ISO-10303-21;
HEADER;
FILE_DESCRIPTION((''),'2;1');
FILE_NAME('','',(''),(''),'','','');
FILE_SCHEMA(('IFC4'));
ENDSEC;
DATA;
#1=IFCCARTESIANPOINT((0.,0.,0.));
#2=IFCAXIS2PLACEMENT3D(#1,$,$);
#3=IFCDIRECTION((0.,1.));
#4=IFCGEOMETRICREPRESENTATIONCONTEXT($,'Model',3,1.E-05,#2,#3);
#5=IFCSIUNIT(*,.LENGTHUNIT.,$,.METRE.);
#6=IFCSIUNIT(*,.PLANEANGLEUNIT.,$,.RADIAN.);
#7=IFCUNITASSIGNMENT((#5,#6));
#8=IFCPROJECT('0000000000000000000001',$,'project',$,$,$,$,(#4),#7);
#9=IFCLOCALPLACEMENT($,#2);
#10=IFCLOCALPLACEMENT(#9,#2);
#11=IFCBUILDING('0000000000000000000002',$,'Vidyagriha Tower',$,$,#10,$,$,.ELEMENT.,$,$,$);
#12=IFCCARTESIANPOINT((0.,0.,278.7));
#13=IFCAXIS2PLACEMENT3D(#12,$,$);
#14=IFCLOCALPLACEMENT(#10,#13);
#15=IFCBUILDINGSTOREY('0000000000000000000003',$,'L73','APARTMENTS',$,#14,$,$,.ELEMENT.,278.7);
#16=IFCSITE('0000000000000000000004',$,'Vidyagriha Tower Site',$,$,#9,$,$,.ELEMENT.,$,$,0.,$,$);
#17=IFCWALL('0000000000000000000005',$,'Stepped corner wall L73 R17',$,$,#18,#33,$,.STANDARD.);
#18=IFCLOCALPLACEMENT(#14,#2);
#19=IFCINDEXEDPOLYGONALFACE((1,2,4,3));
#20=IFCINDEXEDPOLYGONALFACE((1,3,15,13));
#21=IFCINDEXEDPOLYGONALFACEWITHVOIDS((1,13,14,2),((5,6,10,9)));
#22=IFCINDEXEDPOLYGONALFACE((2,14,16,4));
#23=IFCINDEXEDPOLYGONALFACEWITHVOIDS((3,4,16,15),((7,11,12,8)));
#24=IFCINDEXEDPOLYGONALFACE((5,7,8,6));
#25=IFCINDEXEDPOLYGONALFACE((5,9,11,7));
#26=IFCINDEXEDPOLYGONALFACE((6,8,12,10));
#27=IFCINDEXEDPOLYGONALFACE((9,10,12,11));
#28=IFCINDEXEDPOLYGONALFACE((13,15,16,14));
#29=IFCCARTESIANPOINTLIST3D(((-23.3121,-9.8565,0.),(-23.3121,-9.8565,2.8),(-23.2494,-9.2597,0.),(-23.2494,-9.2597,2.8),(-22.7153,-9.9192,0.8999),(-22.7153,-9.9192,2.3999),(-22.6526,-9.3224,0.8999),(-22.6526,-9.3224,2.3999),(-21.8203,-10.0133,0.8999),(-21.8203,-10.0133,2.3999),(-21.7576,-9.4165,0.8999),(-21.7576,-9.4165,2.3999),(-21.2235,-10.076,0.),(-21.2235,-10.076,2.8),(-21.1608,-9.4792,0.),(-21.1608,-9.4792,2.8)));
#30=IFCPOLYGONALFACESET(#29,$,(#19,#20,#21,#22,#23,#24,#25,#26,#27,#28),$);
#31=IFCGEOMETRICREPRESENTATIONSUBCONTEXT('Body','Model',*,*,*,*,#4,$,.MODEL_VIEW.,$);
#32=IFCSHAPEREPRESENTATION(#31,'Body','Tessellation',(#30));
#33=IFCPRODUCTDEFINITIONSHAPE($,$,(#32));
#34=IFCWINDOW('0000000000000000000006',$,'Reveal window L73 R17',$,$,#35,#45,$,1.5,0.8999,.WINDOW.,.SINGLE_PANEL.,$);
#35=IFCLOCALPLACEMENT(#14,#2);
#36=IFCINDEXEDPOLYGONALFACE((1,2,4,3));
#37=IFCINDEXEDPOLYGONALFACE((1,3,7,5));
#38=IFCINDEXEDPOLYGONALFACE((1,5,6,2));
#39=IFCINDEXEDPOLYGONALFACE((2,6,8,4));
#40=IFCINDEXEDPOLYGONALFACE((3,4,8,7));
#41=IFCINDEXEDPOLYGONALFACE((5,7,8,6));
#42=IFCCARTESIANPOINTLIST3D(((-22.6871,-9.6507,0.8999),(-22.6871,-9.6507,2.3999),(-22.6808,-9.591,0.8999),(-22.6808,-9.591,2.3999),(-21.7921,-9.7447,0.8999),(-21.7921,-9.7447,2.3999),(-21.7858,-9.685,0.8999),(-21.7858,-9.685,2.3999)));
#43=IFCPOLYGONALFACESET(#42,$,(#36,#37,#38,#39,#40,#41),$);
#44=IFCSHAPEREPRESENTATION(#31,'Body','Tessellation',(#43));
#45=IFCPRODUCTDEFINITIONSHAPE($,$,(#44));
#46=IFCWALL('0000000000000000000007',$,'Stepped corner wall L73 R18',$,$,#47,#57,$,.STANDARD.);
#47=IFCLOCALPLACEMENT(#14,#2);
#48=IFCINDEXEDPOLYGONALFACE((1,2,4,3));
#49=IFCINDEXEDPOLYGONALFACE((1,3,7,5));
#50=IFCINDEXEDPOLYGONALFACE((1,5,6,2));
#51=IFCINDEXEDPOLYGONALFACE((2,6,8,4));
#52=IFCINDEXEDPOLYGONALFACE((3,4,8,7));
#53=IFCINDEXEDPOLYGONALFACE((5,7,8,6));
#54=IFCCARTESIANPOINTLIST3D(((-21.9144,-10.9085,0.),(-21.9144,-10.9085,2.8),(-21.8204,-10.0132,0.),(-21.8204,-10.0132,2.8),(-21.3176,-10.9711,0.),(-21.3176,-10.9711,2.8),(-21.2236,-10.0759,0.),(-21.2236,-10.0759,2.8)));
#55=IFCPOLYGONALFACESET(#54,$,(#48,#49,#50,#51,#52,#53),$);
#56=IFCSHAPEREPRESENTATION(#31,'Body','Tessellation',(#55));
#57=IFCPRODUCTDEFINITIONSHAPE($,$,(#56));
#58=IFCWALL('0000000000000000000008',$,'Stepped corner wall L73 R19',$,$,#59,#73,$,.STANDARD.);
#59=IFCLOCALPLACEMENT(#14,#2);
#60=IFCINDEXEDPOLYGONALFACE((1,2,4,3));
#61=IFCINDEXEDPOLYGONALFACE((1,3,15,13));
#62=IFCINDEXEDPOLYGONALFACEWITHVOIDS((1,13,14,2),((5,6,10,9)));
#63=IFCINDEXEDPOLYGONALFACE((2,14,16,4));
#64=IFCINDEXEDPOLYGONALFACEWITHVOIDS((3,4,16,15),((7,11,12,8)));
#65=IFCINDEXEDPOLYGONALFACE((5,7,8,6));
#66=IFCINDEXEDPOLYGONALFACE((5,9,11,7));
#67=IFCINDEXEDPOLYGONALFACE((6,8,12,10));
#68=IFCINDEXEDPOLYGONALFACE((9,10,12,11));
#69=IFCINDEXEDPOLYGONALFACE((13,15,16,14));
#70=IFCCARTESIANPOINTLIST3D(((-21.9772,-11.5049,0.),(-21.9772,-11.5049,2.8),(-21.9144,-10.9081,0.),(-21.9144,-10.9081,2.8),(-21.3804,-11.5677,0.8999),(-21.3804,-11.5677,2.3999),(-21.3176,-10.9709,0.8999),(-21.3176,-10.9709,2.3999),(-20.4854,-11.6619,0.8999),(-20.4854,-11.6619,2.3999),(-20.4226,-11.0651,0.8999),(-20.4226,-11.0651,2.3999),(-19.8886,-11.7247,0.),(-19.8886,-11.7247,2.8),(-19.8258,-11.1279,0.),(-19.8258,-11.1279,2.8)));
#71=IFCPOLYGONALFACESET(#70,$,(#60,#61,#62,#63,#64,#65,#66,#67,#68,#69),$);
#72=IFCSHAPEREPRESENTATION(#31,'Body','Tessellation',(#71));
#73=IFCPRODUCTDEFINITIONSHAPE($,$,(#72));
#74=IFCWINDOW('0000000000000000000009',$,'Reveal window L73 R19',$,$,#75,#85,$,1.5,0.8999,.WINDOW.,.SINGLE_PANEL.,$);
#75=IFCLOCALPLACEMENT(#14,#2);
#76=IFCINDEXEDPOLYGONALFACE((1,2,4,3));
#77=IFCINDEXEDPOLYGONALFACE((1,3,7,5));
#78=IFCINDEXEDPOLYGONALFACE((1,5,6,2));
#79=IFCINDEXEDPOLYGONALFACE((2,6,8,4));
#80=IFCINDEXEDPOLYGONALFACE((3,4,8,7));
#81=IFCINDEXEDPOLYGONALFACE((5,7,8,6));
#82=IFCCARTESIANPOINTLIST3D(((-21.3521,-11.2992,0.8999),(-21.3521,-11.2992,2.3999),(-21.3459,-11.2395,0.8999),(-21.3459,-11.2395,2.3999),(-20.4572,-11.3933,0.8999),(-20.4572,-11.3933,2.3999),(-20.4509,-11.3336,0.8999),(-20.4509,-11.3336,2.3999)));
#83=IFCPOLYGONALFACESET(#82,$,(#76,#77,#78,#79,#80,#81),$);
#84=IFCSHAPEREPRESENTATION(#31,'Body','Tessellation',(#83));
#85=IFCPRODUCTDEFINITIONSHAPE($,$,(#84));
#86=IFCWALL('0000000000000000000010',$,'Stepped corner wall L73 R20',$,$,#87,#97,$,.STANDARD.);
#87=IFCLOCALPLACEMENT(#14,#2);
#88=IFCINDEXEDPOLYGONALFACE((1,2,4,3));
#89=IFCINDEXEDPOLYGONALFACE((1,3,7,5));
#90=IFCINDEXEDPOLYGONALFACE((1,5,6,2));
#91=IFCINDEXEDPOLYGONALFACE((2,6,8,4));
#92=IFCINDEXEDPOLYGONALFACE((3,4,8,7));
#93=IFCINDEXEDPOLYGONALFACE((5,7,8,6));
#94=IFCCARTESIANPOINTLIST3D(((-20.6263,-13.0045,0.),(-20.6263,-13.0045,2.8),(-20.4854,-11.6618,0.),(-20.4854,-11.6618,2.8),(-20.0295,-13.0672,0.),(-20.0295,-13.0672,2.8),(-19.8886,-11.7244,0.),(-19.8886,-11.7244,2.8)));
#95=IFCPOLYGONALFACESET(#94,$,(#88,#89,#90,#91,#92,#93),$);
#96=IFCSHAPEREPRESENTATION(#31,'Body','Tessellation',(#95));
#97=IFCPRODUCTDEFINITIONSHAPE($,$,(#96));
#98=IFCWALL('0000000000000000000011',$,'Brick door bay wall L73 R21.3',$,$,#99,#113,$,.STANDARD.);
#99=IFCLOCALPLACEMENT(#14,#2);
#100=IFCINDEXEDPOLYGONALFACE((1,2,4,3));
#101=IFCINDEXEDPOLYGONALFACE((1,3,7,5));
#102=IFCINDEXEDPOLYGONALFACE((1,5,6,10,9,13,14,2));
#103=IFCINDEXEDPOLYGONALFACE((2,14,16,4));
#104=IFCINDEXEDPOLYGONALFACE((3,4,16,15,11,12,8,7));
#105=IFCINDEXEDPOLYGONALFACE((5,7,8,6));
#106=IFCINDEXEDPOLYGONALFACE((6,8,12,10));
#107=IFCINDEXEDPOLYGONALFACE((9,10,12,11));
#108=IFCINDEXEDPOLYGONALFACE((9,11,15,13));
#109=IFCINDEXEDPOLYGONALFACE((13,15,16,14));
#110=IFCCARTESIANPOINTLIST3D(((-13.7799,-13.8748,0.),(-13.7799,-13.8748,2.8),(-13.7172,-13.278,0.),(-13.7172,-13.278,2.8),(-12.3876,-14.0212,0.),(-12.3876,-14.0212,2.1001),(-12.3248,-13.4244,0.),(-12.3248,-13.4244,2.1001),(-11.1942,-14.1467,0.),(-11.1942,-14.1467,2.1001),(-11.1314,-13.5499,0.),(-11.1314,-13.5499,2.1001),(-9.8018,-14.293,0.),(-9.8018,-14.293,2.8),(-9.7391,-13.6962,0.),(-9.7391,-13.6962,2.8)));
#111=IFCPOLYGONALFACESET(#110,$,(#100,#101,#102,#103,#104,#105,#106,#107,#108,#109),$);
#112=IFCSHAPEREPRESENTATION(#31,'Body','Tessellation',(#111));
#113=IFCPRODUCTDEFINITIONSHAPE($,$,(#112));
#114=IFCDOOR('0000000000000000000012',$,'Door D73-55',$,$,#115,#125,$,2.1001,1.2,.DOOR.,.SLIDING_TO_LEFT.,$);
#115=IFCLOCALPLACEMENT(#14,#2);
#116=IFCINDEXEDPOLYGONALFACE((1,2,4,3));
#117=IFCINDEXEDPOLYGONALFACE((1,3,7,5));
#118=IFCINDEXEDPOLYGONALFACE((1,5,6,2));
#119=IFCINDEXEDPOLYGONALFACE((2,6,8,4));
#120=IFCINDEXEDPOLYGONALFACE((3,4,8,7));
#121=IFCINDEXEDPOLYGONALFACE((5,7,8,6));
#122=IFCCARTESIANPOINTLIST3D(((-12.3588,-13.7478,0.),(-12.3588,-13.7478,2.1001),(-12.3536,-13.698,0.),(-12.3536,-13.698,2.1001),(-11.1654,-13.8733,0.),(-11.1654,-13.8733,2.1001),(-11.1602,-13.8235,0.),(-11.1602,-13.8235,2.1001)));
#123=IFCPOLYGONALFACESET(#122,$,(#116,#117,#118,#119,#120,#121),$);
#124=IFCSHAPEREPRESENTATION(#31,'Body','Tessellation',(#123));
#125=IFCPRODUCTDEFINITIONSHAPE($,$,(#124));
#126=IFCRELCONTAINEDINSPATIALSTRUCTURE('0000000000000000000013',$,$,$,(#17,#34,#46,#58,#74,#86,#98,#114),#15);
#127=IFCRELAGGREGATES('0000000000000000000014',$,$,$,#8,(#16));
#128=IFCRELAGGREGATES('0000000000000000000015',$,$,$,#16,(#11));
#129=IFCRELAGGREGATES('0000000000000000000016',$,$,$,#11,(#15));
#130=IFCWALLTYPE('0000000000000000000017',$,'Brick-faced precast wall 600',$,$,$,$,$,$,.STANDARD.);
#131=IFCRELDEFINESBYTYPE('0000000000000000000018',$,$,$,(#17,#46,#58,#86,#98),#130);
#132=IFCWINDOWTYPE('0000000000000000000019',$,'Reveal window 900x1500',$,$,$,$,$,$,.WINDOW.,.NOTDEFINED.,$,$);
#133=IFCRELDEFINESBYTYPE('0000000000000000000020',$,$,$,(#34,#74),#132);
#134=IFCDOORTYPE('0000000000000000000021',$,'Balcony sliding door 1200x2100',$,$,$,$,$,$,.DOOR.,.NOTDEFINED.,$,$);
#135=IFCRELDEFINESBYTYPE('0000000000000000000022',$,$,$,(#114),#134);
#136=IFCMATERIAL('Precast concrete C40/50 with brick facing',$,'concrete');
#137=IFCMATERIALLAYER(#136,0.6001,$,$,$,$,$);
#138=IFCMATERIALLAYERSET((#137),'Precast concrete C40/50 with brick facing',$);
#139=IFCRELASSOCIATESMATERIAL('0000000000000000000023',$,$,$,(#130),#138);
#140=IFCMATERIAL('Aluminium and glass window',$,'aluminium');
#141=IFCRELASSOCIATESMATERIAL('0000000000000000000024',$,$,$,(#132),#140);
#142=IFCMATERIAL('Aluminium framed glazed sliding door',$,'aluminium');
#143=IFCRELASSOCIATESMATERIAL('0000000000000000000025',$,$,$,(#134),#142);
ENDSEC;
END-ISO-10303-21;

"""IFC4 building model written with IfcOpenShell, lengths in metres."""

from ifc_helpers import new_model, si_unit, direction, frame, frame_2d, origin, place, context, subcontext, project, spatial, rectangle, extrude, material, layer, layer_set, type_object, element, fill, save


model = new_model("IFC4")

# Units and contexts
model_context = context("Model", 3, precision=1e-05, world=origin(), true_north=direction((0.0, 1.0)))
body_context = subcontext(model_context, "Body", "Model", "MODEL_VIEW")
ifc_project = project(units=[si_unit("LENGTHUNIT", "METRE"), si_unit("PLANEANGLEUNIT", "RADIAN")], contexts=[model_context])

# Site, building, storey
site_placement = place(None, origin())
site = spatial("IfcSite", under=ifc_project, at=site_placement, Name="Vidyagriha Tower Site", CompositionType="ELEMENT", RefElevation=0.0)
building_placement = place(site_placement, origin())
building = spatial("IfcBuilding", under=site, at=building_placement, Name="Vidyagriha Tower", CompositionType="ELEMENT")
storey_placement = place(building_placement, frame((0.0, 0.0, 278.7)))
storey = spatial("IfcBuildingStorey", under=building, at=storey_placement, Name="L73", Description="APARTMENTS", CompositionType="ELEMENT", Elevation=278.7)

# Wall, opening, window
ifc_material_1 = material(Name="Precast concrete C40/50 with brick facing", Category="concrete")
ifc_layer_1 = layer(ifc_material_1, 0.6001)
ifc_layer_set_1 = layer_set([ifc_layer_1], Name="Precast concrete C40/50 with brick facing")
wall_type = type_object("IfcWallType", Name="Brick-faced precast wall 600", PredefinedType="STANDARD", material=ifc_layer_set_1)
wall_1_placement = place(storey_placement, frame((-23.2808, -9.5581, 0.0), z_axis=(0.0, 0.0, 1.0), x_axis=(0.994524, -0.104509, 0.0)))
wall_1 = element("IfcWall", 1, at=wall_1_placement, inside=storey, type_object=wall_type, Name="Stepped corner wall L73 R17", PredefinedType="STANDARD", context=body_context, shape_type="SweptSolid", body=[
    extrude(rectangle(XDim=2.1001, YDim=0.6001, at=frame_2d((1.05, 0.0))), origin(), (0.0, 0.0, 1.0), 2.8),
])
opening_1_placement = place(wall_1_placement, frame((0.6001, 0.0, 0.8999)))
opening_1 = element("IfcOpeningElement", 2, at=opening_1_placement, cuts=wall_1, PredefinedType="OPENING", context=body_context, shape_type="SweptSolid", body=[
    extrude(rectangle(XDim=0.8999, YDim=1.5, at=frame_2d((0.45, 0.75))), frame((0.0, 0.3101, 0.0), z_axis=(0.0, -1.0, 0.0), x_axis=(1.0, 0.0, 0.0)), (0.0, 0.0, 1.0), 0.6201),
])
ifc_material_2 = material(Name="Aluminium and glass window", Category="aluminium")
window_type = type_object("IfcWindowType", Name="Reveal window 900x1500", PartitioningType="NOTDEFINED", PredefinedType="WINDOW", material=ifc_material_2)
window_1_placement = place(opening_1_placement, origin())
window_1 = element("IfcWindow", 3, at=window_1_placement, inside=storey, type_object=window_type, Name="Reveal window L73 R17", OverallHeight=1.5, OverallWidth=0.8999, PartitioningType="SINGLE_PANEL", PredefinedType="WINDOW", context=body_context, shape_type="SweptSolid", body=[
    extrude(rectangle(XDim=0.8999, YDim=1.5, at=frame_2d((0.45, 0.75))), frame((0.0, 0.03, 0.0), z_axis=(0.0, -1.0, 0.0), x_axis=(1.0, 0.0, 0.0)), (0.0, 0.0, 1.0), 0.0601),
])
fill(opening_1, window_1)

# Wall
wall_2_placement = place(storey_placement, frame((-21.522, -10.0444, 0.0), z_axis=(0.0, 0.0, 1.0), x_axis=(-0.104417, -0.994534, 0.0)))
element("IfcWall", 4, at=wall_2_placement, inside=storey, type_object=wall_type, Name="Stepped corner wall L73 R18", PredefinedType="STANDARD", context=body_context, shape_type="SweptSolid", body=[
    extrude(rectangle(XDim=0.9001, YDim=0.6001, at=frame_2d((0.4502, 0.0))), origin(), (0.0, 0.0, 1.0), 2.8),
])

# Wall, opening, window
wall_3_placement = place(storey_placement, frame((-21.9458, -11.2065, 0.0), z_axis=(0.0, 0.0, 1.0), x_axis=(0.994512, -0.104624, 0.0)))
wall_3 = element("IfcWall", 5, at=wall_3_placement, inside=storey, type_object=wall_type, Name="Stepped corner wall L73 R19", PredefinedType="STANDARD", context=body_context, shape_type="SweptSolid", body=[
    extrude(rectangle(XDim=2.1001, YDim=0.6001, at=frame_2d((1.05, 0.0))), origin(), (0.0, 0.0, 1.0), 2.8),
])
opening_2_placement = place(wall_3_placement, frame((0.6001, 0.0, 0.8999)))
opening_2 = element("IfcOpeningElement", 6, at=opening_2_placement, cuts=wall_3, PredefinedType="OPENING", context=body_context, shape_type="SweptSolid", body=[
    extrude(rectangle(XDim=0.8999, YDim=1.5, at=frame_2d((0.45, 0.75))), frame((0.0, 0.3101, 0.0), z_axis=(0.0, -1.0, 0.0), x_axis=(1.0, 0.0, 0.0)), (0.0, 0.0, 1.0), 0.6201),
])
window_2_placement = place(opening_2_placement, origin())
window_2 = element("IfcWindow", 7, at=window_2_placement, inside=storey, type_object=window_type, Name="Reveal window L73 R19", OverallHeight=1.5, OverallWidth=0.8999, PartitioningType="SINGLE_PANEL", PredefinedType="WINDOW", context=body_context, shape_type="SweptSolid", body=[
    extrude(rectangle(XDim=0.8999, YDim=1.5, at=frame_2d((0.45, 0.75))), frame((0.0, 0.03, 0.0), z_axis=(0.0, -1.0, 0.0), x_axis=(1.0, 0.0, 0.0)), (0.0, 0.0, 1.0), 0.0601),
])
fill(opening_2, window_2)

# Wall
wall_4_placement = place(storey_placement, frame((-20.187, -11.6931, 0.0), z_axis=(0.0, 0.0, 1.0), x_axis=(-0.104337, -0.994542, 0.0)))
element("IfcWall", 8, at=wall_4_placement, inside=storey, type_object=wall_type, Name="Stepped corner wall L73 R20", PredefinedType="STANDARD", context=body_context, shape_type="SweptSolid", body=[
    extrude(rectangle(XDim=1.3501, YDim=0.6001, at=frame_2d((0.675, 0.0))), origin(), (0.0, 0.0, 1.0), 2.8),
])

# Wall, opening, door
wall_5_placement = place(storey_placement, frame((-13.7485, -13.5764, 0.0), z_axis=(0.0, 0.0, 1.0), x_axis=(0.994519, -0.104555, 0.0)))
wall_5 = element("IfcWall", 9, at=wall_5_placement, inside=storey, type_object=wall_type, Name="Brick door bay wall L73 R21.3", PredefinedType="STANDARD", context=body_context, shape_type="SweptSolid", body=[
    extrude(rectangle(XDim=4.0, YDim=0.6001, at=frame_2d((2.0, 0.0))), origin(), (0.0, 0.0, 1.0), 2.8),
])
opening_3_placement = place(wall_5_placement, frame((1.3999, 0.0, 0.0)))
opening_3 = element("IfcOpeningElement", 10, at=opening_3_placement, cuts=wall_5, PredefinedType="OPENING", context=body_context, shape_type="SweptSolid", body=[
    extrude(rectangle(XDim=1.2, YDim=2.1001, at=frame_2d((0.6001, 1.05))), frame((0.0, 0.3101, 0.0), z_axis=(0.0, -1.0, 0.0), x_axis=(1.0, 0.0, 0.0)), (0.0, 0.0, 1.0), 0.6201),
])
ifc_material_3 = material(Name="Aluminium framed glazed sliding door", Category="aluminium")
door_type = type_object("IfcDoorType", Name="Balcony sliding door 1200x2100", OperationType="NOTDEFINED", PredefinedType="DOOR", material=ifc_material_3)
door_placement = place(opening_3_placement, origin())
door = element("IfcDoor", 11, at=door_placement, inside=storey, type_object=door_type, Name="Door D73-55", OperationType="SLIDING_TO_LEFT", OverallHeight=2.1001, OverallWidth=1.2, PredefinedType="DOOR", context=body_context, shape_type="SweptSolid", body=[
    extrude(rectangle(XDim=1.2, YDim=2.1001, at=frame_2d((0.6001, 1.05))), frame((0.0, 0.0249, 0.0), z_axis=(0.0, -1.0, 0.0), x_axis=(1.0, 0.0, 0.0)), (0.0, 0.0, 1.0), 0.05),
])
fill(opening_3, door)

save(model, "model.ifc")
